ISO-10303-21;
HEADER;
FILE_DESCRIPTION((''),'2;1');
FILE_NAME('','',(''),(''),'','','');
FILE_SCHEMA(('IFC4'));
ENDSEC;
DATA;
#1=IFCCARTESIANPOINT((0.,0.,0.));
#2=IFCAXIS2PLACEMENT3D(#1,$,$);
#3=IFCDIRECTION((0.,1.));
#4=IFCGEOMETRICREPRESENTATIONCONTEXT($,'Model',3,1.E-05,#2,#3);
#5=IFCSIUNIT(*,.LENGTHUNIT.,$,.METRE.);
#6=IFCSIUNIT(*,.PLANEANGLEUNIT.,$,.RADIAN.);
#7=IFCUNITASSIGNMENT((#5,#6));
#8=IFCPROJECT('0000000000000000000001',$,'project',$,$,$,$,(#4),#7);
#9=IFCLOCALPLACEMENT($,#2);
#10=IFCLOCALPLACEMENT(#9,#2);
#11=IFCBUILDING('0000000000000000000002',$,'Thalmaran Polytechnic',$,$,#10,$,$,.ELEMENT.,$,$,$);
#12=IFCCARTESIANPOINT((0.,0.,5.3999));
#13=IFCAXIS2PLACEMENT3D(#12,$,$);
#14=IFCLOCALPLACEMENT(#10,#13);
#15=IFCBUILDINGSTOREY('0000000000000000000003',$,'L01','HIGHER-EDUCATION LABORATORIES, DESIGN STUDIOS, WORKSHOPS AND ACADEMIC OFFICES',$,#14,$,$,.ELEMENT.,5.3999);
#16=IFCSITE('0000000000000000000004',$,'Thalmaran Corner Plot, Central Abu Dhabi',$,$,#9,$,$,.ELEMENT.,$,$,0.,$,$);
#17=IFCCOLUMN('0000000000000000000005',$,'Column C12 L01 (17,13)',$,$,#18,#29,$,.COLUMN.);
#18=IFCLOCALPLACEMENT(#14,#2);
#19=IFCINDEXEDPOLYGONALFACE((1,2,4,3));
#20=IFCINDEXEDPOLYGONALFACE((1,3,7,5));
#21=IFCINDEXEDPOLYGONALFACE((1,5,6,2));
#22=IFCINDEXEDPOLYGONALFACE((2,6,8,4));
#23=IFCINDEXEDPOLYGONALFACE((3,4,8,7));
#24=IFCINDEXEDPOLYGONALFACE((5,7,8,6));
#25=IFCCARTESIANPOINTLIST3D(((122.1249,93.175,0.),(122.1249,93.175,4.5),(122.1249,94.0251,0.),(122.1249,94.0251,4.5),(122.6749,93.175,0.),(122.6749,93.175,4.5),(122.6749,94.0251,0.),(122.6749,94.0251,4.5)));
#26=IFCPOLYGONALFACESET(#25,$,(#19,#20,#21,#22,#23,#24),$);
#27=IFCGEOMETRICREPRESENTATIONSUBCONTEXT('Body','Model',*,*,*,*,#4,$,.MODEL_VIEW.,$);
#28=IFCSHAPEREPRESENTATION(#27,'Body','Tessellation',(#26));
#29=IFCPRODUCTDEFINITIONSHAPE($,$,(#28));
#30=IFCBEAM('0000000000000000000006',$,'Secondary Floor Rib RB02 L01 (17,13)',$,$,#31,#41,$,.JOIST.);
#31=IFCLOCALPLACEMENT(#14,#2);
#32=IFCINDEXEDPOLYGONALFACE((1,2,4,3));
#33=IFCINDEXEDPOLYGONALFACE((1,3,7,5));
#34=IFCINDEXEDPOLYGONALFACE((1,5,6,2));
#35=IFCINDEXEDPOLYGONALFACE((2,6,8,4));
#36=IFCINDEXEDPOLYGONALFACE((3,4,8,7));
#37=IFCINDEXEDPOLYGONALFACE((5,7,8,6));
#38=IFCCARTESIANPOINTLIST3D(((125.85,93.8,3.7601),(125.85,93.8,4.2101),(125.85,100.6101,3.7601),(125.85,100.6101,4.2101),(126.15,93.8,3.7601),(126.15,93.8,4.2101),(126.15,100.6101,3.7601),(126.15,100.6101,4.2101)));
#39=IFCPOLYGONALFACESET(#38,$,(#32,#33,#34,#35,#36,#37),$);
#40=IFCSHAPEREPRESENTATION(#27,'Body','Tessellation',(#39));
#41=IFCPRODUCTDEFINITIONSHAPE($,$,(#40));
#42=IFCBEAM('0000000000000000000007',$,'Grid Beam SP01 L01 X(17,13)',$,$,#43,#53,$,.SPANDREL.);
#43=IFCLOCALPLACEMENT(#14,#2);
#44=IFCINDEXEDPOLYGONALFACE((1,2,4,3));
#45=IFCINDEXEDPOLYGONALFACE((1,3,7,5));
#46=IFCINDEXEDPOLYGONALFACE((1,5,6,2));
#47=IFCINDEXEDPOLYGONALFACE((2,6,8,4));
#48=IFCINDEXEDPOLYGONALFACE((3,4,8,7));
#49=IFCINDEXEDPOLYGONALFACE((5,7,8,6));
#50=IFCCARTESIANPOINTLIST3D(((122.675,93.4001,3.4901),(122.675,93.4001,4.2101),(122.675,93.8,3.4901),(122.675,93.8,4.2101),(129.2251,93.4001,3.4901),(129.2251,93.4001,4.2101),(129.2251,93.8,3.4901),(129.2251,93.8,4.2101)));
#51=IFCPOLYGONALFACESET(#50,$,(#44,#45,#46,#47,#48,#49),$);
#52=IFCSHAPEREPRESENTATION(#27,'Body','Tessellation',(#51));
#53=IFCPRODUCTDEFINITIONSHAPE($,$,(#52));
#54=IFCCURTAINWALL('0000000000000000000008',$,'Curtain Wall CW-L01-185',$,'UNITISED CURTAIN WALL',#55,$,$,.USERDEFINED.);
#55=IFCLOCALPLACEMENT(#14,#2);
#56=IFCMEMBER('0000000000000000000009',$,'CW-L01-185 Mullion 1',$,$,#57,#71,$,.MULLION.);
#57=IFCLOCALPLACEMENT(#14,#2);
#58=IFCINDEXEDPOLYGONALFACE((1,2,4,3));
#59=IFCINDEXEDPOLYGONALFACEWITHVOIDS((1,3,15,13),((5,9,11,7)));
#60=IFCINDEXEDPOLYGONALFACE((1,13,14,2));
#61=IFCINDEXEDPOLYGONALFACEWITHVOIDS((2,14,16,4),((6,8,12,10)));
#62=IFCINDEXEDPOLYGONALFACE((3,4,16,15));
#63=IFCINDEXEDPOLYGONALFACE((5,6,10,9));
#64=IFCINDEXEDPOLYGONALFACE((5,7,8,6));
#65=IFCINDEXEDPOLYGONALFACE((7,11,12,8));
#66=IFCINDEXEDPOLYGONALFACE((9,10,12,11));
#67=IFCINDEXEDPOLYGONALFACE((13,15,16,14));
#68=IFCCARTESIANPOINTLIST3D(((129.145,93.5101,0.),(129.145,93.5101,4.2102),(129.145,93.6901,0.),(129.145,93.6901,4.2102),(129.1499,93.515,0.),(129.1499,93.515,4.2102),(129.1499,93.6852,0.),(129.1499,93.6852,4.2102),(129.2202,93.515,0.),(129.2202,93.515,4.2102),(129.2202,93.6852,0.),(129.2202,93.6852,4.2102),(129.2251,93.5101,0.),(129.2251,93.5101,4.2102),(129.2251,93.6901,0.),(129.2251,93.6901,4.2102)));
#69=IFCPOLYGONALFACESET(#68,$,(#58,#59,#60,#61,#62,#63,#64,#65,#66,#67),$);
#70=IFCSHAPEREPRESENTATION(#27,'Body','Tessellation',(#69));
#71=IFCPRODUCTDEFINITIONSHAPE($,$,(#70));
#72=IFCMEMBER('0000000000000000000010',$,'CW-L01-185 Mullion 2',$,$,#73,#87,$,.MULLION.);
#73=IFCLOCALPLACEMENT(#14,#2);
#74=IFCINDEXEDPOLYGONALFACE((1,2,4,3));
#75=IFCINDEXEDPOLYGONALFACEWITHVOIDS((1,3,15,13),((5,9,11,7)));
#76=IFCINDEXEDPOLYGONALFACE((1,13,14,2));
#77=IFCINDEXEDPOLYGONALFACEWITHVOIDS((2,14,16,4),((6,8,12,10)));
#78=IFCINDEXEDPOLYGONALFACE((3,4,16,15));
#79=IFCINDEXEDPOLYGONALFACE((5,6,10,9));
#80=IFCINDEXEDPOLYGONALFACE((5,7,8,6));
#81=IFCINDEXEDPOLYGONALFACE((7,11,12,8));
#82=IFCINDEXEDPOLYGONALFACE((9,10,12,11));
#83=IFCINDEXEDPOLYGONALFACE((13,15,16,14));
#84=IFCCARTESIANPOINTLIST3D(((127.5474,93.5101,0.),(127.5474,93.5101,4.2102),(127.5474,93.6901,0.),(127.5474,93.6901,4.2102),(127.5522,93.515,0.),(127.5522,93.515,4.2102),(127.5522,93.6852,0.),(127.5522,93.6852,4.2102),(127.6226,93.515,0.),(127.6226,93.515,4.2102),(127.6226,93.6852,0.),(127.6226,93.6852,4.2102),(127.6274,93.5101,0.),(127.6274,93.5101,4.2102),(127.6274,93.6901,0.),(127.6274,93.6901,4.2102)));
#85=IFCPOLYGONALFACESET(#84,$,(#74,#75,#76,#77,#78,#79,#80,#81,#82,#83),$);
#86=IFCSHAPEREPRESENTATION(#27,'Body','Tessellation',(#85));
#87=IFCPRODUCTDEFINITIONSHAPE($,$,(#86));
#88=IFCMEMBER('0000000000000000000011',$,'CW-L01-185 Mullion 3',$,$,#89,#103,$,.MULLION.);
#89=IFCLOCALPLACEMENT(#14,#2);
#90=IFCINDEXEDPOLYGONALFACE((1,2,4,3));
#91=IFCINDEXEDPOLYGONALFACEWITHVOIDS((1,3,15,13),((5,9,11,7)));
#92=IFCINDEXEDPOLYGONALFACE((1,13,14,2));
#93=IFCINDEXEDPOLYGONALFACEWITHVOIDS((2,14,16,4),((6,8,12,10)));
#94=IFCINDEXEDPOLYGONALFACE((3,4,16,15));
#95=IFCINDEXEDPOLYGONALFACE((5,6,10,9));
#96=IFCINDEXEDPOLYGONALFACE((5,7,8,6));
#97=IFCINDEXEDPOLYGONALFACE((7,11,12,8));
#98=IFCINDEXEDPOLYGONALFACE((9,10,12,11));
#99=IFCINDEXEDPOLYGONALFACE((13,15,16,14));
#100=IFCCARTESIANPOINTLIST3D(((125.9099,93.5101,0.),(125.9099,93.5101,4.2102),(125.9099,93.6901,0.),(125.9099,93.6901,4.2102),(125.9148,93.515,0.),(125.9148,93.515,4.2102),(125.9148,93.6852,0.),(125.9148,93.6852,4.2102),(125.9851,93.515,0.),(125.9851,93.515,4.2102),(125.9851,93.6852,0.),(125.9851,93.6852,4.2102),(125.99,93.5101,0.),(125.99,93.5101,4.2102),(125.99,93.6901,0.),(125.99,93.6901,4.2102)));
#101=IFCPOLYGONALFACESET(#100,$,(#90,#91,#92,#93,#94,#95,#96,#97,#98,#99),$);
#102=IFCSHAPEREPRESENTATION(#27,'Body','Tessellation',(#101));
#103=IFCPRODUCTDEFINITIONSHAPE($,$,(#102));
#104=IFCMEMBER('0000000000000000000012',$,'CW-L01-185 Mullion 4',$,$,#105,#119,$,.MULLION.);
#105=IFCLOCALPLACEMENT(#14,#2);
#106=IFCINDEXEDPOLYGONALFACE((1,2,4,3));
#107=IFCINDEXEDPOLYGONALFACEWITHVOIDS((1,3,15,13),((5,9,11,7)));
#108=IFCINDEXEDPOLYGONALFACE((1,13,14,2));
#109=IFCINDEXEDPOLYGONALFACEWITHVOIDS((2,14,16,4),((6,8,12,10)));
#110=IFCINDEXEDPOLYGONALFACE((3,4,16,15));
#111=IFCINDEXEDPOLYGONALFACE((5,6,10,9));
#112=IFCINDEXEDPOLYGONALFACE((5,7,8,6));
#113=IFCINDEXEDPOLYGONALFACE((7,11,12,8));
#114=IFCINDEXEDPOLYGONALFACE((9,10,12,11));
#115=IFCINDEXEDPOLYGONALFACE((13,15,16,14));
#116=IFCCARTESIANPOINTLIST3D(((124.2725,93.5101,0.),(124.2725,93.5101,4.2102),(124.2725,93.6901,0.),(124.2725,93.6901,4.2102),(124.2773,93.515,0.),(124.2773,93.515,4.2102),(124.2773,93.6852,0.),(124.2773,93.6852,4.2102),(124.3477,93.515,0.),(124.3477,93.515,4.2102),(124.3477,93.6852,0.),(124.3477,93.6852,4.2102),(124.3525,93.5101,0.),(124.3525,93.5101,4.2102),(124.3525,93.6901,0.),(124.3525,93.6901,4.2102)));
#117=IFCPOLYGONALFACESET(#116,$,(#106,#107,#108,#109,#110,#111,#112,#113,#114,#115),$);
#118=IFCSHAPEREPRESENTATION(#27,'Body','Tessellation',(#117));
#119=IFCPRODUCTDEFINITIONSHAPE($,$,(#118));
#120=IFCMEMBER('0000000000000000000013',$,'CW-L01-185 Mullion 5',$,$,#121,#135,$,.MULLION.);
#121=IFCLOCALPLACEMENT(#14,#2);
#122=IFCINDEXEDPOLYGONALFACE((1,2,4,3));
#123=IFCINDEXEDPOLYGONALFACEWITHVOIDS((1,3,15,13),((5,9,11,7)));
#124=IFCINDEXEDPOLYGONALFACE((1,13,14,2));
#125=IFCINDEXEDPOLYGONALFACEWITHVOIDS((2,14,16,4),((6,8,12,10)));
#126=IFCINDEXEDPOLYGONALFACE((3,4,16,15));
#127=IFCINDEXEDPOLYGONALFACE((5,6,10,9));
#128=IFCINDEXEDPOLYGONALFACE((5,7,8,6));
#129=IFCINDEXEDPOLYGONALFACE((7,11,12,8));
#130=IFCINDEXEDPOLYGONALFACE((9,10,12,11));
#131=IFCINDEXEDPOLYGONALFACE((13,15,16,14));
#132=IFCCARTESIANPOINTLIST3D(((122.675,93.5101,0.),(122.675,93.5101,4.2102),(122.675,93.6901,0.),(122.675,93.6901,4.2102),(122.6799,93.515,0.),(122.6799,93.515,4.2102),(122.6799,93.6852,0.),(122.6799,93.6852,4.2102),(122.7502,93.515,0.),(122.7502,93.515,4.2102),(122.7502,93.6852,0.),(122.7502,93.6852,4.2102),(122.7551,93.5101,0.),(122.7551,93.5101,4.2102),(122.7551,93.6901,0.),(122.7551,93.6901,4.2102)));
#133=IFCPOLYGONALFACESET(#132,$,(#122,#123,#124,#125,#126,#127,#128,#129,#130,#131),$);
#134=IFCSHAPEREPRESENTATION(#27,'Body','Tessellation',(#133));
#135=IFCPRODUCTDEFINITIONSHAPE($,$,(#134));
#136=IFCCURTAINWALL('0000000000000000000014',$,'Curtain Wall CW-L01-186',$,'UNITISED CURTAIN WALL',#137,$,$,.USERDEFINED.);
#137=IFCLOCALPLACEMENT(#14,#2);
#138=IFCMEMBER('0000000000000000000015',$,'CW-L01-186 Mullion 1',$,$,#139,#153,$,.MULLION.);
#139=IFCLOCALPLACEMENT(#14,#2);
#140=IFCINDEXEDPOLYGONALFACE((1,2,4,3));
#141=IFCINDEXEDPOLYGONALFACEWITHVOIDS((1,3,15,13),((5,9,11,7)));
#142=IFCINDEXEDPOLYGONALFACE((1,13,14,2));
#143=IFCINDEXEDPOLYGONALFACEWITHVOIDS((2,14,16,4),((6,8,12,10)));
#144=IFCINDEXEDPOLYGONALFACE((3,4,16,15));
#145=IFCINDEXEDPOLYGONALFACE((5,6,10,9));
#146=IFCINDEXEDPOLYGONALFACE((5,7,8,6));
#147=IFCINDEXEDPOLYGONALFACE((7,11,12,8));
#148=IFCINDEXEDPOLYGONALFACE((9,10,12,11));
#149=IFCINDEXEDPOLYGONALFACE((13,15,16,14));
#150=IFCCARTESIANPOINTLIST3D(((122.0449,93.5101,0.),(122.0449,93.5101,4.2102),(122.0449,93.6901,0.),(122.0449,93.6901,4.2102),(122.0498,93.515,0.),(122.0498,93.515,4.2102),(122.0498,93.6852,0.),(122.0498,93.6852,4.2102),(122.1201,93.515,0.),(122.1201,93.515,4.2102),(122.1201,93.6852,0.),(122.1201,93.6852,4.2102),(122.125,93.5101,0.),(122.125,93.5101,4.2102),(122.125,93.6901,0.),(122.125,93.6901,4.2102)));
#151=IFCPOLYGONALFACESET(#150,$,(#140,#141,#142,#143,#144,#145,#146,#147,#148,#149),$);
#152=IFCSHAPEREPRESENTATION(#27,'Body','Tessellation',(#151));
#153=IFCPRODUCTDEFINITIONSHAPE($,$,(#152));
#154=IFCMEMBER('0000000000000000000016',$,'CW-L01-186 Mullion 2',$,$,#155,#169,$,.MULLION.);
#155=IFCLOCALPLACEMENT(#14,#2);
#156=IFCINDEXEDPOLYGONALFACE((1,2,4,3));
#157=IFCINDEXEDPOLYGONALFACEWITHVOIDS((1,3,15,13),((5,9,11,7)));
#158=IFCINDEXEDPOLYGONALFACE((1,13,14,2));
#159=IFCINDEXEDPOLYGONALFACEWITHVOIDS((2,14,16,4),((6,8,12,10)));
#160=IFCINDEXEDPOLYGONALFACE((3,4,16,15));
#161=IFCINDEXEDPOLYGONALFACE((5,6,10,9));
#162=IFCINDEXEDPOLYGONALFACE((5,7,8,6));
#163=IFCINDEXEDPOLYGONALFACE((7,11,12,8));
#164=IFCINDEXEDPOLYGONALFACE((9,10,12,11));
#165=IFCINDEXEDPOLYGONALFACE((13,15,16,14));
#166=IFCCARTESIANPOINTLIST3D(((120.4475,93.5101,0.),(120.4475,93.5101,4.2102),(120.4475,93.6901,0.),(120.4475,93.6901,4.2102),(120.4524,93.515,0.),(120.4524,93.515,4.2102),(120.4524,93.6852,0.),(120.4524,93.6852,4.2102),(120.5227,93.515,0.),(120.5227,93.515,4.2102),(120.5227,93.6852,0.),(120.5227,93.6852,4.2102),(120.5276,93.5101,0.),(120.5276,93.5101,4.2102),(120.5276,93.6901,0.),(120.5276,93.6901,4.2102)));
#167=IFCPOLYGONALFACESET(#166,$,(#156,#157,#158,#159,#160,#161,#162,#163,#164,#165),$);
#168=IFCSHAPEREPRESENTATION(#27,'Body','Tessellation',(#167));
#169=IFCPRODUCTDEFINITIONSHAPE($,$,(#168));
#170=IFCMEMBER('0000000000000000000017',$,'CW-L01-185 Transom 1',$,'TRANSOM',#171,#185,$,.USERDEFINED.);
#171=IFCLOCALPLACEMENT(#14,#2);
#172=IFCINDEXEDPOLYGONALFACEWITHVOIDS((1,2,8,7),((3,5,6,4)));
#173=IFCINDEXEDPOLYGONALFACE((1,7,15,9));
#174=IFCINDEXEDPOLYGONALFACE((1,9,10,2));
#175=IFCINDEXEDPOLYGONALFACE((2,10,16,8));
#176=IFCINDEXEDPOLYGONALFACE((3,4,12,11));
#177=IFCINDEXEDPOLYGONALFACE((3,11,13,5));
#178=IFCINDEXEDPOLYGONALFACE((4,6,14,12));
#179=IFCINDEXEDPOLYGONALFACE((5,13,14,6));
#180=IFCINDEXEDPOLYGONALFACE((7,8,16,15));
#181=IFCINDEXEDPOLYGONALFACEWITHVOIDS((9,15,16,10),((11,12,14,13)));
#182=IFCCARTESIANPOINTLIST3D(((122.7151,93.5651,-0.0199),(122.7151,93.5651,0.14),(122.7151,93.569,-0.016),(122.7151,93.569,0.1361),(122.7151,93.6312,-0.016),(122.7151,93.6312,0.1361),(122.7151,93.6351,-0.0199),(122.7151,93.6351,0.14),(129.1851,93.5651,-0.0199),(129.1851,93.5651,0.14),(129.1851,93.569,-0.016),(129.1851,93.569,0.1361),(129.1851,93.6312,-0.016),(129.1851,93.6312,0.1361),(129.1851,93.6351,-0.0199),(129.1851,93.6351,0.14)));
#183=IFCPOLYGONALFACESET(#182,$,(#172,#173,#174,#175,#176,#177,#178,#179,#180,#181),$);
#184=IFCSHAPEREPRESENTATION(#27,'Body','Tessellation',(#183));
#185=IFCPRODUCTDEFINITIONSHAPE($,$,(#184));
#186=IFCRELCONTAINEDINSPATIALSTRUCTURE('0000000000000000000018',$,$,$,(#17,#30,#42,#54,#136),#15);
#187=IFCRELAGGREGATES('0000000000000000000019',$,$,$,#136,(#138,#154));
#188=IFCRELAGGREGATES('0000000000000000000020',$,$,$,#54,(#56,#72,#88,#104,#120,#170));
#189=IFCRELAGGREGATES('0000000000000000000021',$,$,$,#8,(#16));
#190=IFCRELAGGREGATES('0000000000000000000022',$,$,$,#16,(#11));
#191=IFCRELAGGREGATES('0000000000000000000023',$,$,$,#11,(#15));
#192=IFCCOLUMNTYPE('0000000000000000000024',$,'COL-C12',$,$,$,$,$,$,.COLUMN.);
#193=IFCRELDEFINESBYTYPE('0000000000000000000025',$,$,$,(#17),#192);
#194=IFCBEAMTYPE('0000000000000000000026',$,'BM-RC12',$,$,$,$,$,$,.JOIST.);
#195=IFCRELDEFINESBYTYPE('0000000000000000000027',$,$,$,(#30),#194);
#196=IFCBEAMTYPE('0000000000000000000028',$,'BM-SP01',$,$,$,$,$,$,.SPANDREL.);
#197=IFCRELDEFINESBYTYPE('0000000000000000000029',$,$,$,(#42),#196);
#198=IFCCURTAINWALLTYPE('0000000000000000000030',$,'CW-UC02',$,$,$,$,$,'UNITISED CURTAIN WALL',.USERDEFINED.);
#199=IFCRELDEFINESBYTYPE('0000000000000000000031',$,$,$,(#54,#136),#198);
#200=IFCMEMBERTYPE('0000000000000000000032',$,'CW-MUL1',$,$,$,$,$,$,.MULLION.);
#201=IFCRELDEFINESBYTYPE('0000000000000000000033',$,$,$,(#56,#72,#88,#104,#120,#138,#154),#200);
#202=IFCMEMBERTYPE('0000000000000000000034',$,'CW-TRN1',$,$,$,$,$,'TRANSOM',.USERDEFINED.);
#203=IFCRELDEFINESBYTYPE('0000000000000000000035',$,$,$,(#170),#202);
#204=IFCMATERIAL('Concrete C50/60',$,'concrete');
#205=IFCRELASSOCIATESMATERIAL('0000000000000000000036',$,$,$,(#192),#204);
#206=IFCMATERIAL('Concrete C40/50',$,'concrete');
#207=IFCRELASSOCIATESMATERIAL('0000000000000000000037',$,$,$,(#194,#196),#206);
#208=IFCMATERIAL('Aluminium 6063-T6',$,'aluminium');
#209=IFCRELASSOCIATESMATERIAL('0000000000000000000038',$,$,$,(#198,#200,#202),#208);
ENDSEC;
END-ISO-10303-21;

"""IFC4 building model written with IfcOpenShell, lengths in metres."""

from ifc_helpers import new_model, si_unit, direction, frame, origin, origin_2d, place, context, subcontext, project, spatial, rectangle, hollow_rectangle, extrude, material, material_profile, profile_set, type_object, element, aggregate, save


model = new_model("IFC4")

# Units and contexts
model_context = context("Model", 3, precision=1e-05, world=origin(), true_north=direction((0.0, 1.0)))
body_context = subcontext(model_context, "Body", "Model", "MODEL_VIEW")
ifc_project = project(units=[si_unit("LENGTHUNIT", "METRE"), si_unit("PLANEANGLEUNIT", "RADIAN")], contexts=[model_context])

# Site, building, storey
site_placement = place(None, origin())
site = spatial("IfcSite", under=ifc_project, at=site_placement, Name="Thalmaran Corner Plot, Central Abu Dhabi", CompositionType="ELEMENT", RefElevation=0.0)
building_placement = place(site_placement, origin())
building = spatial("IfcBuilding", under=site, at=building_placement, Name="Thalmaran Polytechnic", CompositionType="ELEMENT")
storey_placement = place(building_placement, frame((0.0, 0.0, 5.3999)))
storey = spatial("IfcBuildingStorey", under=building, at=storey_placement, Name="L01", Description="HIGHER-EDUCATION LABORATORIES, DESIGN STUDIOS, WORKSHOPS AND ACADEMIC OFFICES", CompositionType="ELEMENT", Elevation=5.3999)

# Column
ifc_material_1 = material(Name="Concrete C50/60", Category="concrete")
ifc_material_profile_1 = material_profile(ifc_material_1, rectangle(XDim=0.55, YDim=0.8501, at=origin_2d()), Name="RC 550x850")
ifc_profile_set_1 = profile_set([ifc_material_profile_1], Name="Concrete C50/60")
column_type = type_object("IfcColumnType", Name="COL-C12", PredefinedType="COLUMN", material=ifc_profile_set_1)
column_placement = place(storey_placement, frame((122.3999, 93.6001, 0.0), z_axis=(0.0, 0.0, 1.0), x_axis=(1.0, 0.0, 0.0)))
element("IfcColumn", 1, at=column_placement, inside=storey, type_object=column_type, Name="Column C12 L01 (17,13)", PredefinedType="COLUMN", context=body_context, shape_type="SweptSolid", body=[
    extrude(rectangle(XDim=0.55, YDim=0.8501, at=origin_2d()), origin(), (0.0, 0.0, 1.0), 4.5),
])

# Beams
ifc_material_2 = material(Name="Concrete C40/50", Category="concrete")
ifc_material_profile_2 = material_profile(ifc_material_2, rectangle(XDim=0.3, YDim=0.45, at=origin_2d()), Name="RC 300x450")
ifc_profile_set_2 = profile_set([ifc_material_profile_2], Name="Concrete C40/50")
beam_type_1 = type_object("IfcBeamType", Name="BM-RC12", PredefinedType="JOIST", material=ifc_profile_set_2)
beam_1_placement = place(storey_placement, frame((126.0, 93.8, 3.9851), z_axis=(0.0, 1.0, 0.0), x_axis=(-1.0, 0.0, 0.0)))
element("IfcBeam", 2, at=beam_1_placement, inside=storey, type_object=beam_type_1, Name="Secondary Floor Rib RB02 L01 (17,13)", PredefinedType="JOIST", context=body_context, shape_type="SweptSolid", body=[
    extrude(rectangle(XDim=0.3, YDim=0.45, at=origin_2d()), origin(), (0.0, 0.0, 1.0), 6.8101),
])
ifc_material_profile_3 = material_profile(ifc_material_2, rectangle(XDim=0.3999, YDim=0.72, at=origin_2d()), Name="RC 400x720")
ifc_profile_set_3 = profile_set([ifc_material_profile_3], Name="Concrete C40/50")
beam_type_2 = type_object("IfcBeamType", Name="BM-SP01", PredefinedType="SPANDREL", material=ifc_profile_set_3)
beam_2_placement = place(storey_placement, frame((122.675, 93.6001, 3.8501), z_axis=(1.0, 0.0, 0.0), x_axis=(0.0, 1.0, 0.0)))
element("IfcBeam", 3, at=beam_2_placement, inside=storey, type_object=beam_type_2, Name="Grid Beam SP01 L01 X(17,13)", PredefinedType="SPANDREL", context=body_context, shape_type="SweptSolid", body=[
    extrude(rectangle(XDim=0.3999, YDim=0.72, at=origin_2d()), origin(), (0.0, 0.0, 1.0), 6.55),
])

# Curtain walls, members
ifc_material_3 = material(Name="Aluminium 6063-T6", Category="aluminium")
curtain_wall_type = type_object("IfcCurtainWallType", Name="CW-UC02", ElementType="UNITISED CURTAIN WALL", PredefinedType="USERDEFINED", material=ifc_material_3)
curtain_wall_1_placement = place(storey_placement, origin())
curtain_wall_1 = element("IfcCurtainWall", 4, at=curtain_wall_1_placement, inside=storey, type_object=curtain_wall_type, Name="Curtain Wall CW-L01-185", ObjectType="UNITISED CURTAIN WALL", PredefinedType="USERDEFINED")
ifc_material_profile_4 = material_profile(ifc_material_3, hollow_rectangle(XDim=0.0801, YDim=0.1799, WallThickness=0.0049, at=origin_2d()), Name="RHS 180x80x5.0")
ifc_profile_set_4 = profile_set([ifc_material_profile_4], Name="Aluminium 6063-T6")
member_type_1 = type_object("IfcMemberType", Name="CW-MUL1", PredefinedType="MULLION", material=ifc_profile_set_4)
member_1_placement = place(storey_placement, frame((129.1851, 93.6001, 0.0), z_axis=(0.0, 0.0, 1.0), x_axis=(1.0, 0.0, 0.0)))
member_1 = element("IfcMember", 5, at=member_1_placement, type_object=member_type_1, Name="CW-L01-185 Mullion 1", PredefinedType="MULLION", context=body_context, shape_type="SweptSolid", body=[
    extrude(hollow_rectangle(XDim=0.0801, YDim=0.1799, WallThickness=0.0049, at=origin_2d()), origin(), (0.0, 0.0, 1.0), 4.2102),
])
member_2_placement = place(storey_placement, frame((127.5874, 93.6001, 0.0), z_axis=(0.0, 0.0, 1.0), x_axis=(1.0, 0.0, 0.0)))
member_2 = element("IfcMember", 6, at=member_2_placement, type_object=member_type_1, Name="CW-L01-185 Mullion 2", PredefinedType="MULLION", context=body_context, shape_type="SweptSolid", body=[
    extrude(hollow_rectangle(XDim=0.0801, YDim=0.1799, WallThickness=0.0049, at=origin_2d()), origin(), (0.0, 0.0, 1.0), 4.2102),
])
member_3_placement = place(storey_placement, frame((125.95, 93.6001, 0.0), z_axis=(0.0, 0.0, 1.0), x_axis=(1.0, 0.0, 0.0)))
member_3 = element("IfcMember", 7, at=member_3_placement, type_object=member_type_1, Name="CW-L01-185 Mullion 3", PredefinedType="MULLION", context=body_context, shape_type="SweptSolid", body=[
    extrude(hollow_rectangle(XDim=0.0801, YDim=0.1799, WallThickness=0.0049, at=origin_2d()), origin(), (0.0, 0.0, 1.0), 4.2102),
])
member_4_placement = place(storey_placement, frame((124.3125, 93.6001, 0.0), z_axis=(0.0, 0.0, 1.0), x_axis=(1.0, 0.0, 0.0)))
member_4 = element("IfcMember", 8, at=member_4_placement, type_object=member_type_1, Name="CW-L01-185 Mullion 4", PredefinedType="MULLION", context=body_context, shape_type="SweptSolid", body=[
    extrude(hollow_rectangle(XDim=0.0801, YDim=0.1799, WallThickness=0.0049, at=origin_2d()), origin(), (0.0, 0.0, 1.0), 4.2102),
])
member_5_placement = place(storey_placement, frame((122.7151, 93.6001, 0.0), z_axis=(0.0, 0.0, 1.0), x_axis=(1.0, 0.0, 0.0)))
member_5 = element("IfcMember", 9, at=member_5_placement, type_object=member_type_1, Name="CW-L01-185 Mullion 5", PredefinedType="MULLION", context=body_context, shape_type="SweptSolid", body=[
    extrude(hollow_rectangle(XDim=0.0801, YDim=0.1799, WallThickness=0.0049, at=origin_2d()), origin(), (0.0, 0.0, 1.0), 4.2102),
])
curtain_wall_2_placement = place(storey_placement, origin())
curtain_wall_2 = element("IfcCurtainWall", 10, at=curtain_wall_2_placement, inside=storey, type_object=curtain_wall_type, Name="Curtain Wall CW-L01-186", ObjectType="UNITISED CURTAIN WALL", PredefinedType="USERDEFINED")
member_6_placement = place(storey_placement, frame((122.085, 93.6001, 0.0), z_axis=(0.0, 0.0, 1.0), x_axis=(1.0, 0.0, 0.0)))
member_6 = element("IfcMember", 11, at=member_6_placement, type_object=member_type_1, Name="CW-L01-186 Mullion 1", PredefinedType="MULLION", context=body_context, shape_type="SweptSolid", body=[
    extrude(hollow_rectangle(XDim=0.0801, YDim=0.1799, WallThickness=0.0049, at=origin_2d()), origin(), (0.0, 0.0, 1.0), 4.2102),
])
member_7_placement = place(storey_placement, frame((120.4875, 93.6001, 0.0), z_axis=(0.0, 0.0, 1.0), x_axis=(1.0, 0.0, 0.0)))
member_7 = element("IfcMember", 12, at=member_7_placement, type_object=member_type_1, Name="CW-L01-186 Mullion 2", PredefinedType="MULLION", context=body_context, shape_type="SweptSolid", body=[
    extrude(hollow_rectangle(XDim=0.0801, YDim=0.1799, WallThickness=0.0049, at=origin_2d()), origin(), (0.0, 0.0, 1.0), 4.2102),
])

# Member
ifc_material_profile_5 = material_profile(ifc_material_3, hollow_rectangle(XDim=0.0701, YDim=0.1599, WallThickness=0.0039, at=origin_2d()), Name="AL 160x70x4.0")
ifc_profile_set_5 = profile_set([ifc_material_profile_5], Name="Aluminium 6063-T6")
member_type_2 = type_object("IfcMemberType", Name="CW-TRN1", ElementType="TRANSOM", PredefinedType="USERDEFINED", material=ifc_profile_set_5)
member_8_placement = place(storey_placement, frame((129.1851, 93.6001, 0.0601), z_axis=(-1.0, 0.0, 0.0), x_axis=(0.0, -1.0, 0.0)))
member_8 = element("IfcMember", 13, at=member_8_placement, type_object=member_type_2, Name="CW-L01-185 Transom 1", ObjectType="TRANSOM", PredefinedType="USERDEFINED", context=body_context, shape_type="SweptSolid", body=[
    extrude(hollow_rectangle(XDim=0.0701, YDim=0.1599, WallThickness=0.0039, at=origin_2d()), origin(), (0.0, 0.0, 1.0), 6.47),
])

aggregate(curtain_wall_2, [member_6, member_7])
aggregate(curtain_wall_1, [member_1, member_2, member_3, member_4, member_5, member_8])

save(model, "model.ifc")
